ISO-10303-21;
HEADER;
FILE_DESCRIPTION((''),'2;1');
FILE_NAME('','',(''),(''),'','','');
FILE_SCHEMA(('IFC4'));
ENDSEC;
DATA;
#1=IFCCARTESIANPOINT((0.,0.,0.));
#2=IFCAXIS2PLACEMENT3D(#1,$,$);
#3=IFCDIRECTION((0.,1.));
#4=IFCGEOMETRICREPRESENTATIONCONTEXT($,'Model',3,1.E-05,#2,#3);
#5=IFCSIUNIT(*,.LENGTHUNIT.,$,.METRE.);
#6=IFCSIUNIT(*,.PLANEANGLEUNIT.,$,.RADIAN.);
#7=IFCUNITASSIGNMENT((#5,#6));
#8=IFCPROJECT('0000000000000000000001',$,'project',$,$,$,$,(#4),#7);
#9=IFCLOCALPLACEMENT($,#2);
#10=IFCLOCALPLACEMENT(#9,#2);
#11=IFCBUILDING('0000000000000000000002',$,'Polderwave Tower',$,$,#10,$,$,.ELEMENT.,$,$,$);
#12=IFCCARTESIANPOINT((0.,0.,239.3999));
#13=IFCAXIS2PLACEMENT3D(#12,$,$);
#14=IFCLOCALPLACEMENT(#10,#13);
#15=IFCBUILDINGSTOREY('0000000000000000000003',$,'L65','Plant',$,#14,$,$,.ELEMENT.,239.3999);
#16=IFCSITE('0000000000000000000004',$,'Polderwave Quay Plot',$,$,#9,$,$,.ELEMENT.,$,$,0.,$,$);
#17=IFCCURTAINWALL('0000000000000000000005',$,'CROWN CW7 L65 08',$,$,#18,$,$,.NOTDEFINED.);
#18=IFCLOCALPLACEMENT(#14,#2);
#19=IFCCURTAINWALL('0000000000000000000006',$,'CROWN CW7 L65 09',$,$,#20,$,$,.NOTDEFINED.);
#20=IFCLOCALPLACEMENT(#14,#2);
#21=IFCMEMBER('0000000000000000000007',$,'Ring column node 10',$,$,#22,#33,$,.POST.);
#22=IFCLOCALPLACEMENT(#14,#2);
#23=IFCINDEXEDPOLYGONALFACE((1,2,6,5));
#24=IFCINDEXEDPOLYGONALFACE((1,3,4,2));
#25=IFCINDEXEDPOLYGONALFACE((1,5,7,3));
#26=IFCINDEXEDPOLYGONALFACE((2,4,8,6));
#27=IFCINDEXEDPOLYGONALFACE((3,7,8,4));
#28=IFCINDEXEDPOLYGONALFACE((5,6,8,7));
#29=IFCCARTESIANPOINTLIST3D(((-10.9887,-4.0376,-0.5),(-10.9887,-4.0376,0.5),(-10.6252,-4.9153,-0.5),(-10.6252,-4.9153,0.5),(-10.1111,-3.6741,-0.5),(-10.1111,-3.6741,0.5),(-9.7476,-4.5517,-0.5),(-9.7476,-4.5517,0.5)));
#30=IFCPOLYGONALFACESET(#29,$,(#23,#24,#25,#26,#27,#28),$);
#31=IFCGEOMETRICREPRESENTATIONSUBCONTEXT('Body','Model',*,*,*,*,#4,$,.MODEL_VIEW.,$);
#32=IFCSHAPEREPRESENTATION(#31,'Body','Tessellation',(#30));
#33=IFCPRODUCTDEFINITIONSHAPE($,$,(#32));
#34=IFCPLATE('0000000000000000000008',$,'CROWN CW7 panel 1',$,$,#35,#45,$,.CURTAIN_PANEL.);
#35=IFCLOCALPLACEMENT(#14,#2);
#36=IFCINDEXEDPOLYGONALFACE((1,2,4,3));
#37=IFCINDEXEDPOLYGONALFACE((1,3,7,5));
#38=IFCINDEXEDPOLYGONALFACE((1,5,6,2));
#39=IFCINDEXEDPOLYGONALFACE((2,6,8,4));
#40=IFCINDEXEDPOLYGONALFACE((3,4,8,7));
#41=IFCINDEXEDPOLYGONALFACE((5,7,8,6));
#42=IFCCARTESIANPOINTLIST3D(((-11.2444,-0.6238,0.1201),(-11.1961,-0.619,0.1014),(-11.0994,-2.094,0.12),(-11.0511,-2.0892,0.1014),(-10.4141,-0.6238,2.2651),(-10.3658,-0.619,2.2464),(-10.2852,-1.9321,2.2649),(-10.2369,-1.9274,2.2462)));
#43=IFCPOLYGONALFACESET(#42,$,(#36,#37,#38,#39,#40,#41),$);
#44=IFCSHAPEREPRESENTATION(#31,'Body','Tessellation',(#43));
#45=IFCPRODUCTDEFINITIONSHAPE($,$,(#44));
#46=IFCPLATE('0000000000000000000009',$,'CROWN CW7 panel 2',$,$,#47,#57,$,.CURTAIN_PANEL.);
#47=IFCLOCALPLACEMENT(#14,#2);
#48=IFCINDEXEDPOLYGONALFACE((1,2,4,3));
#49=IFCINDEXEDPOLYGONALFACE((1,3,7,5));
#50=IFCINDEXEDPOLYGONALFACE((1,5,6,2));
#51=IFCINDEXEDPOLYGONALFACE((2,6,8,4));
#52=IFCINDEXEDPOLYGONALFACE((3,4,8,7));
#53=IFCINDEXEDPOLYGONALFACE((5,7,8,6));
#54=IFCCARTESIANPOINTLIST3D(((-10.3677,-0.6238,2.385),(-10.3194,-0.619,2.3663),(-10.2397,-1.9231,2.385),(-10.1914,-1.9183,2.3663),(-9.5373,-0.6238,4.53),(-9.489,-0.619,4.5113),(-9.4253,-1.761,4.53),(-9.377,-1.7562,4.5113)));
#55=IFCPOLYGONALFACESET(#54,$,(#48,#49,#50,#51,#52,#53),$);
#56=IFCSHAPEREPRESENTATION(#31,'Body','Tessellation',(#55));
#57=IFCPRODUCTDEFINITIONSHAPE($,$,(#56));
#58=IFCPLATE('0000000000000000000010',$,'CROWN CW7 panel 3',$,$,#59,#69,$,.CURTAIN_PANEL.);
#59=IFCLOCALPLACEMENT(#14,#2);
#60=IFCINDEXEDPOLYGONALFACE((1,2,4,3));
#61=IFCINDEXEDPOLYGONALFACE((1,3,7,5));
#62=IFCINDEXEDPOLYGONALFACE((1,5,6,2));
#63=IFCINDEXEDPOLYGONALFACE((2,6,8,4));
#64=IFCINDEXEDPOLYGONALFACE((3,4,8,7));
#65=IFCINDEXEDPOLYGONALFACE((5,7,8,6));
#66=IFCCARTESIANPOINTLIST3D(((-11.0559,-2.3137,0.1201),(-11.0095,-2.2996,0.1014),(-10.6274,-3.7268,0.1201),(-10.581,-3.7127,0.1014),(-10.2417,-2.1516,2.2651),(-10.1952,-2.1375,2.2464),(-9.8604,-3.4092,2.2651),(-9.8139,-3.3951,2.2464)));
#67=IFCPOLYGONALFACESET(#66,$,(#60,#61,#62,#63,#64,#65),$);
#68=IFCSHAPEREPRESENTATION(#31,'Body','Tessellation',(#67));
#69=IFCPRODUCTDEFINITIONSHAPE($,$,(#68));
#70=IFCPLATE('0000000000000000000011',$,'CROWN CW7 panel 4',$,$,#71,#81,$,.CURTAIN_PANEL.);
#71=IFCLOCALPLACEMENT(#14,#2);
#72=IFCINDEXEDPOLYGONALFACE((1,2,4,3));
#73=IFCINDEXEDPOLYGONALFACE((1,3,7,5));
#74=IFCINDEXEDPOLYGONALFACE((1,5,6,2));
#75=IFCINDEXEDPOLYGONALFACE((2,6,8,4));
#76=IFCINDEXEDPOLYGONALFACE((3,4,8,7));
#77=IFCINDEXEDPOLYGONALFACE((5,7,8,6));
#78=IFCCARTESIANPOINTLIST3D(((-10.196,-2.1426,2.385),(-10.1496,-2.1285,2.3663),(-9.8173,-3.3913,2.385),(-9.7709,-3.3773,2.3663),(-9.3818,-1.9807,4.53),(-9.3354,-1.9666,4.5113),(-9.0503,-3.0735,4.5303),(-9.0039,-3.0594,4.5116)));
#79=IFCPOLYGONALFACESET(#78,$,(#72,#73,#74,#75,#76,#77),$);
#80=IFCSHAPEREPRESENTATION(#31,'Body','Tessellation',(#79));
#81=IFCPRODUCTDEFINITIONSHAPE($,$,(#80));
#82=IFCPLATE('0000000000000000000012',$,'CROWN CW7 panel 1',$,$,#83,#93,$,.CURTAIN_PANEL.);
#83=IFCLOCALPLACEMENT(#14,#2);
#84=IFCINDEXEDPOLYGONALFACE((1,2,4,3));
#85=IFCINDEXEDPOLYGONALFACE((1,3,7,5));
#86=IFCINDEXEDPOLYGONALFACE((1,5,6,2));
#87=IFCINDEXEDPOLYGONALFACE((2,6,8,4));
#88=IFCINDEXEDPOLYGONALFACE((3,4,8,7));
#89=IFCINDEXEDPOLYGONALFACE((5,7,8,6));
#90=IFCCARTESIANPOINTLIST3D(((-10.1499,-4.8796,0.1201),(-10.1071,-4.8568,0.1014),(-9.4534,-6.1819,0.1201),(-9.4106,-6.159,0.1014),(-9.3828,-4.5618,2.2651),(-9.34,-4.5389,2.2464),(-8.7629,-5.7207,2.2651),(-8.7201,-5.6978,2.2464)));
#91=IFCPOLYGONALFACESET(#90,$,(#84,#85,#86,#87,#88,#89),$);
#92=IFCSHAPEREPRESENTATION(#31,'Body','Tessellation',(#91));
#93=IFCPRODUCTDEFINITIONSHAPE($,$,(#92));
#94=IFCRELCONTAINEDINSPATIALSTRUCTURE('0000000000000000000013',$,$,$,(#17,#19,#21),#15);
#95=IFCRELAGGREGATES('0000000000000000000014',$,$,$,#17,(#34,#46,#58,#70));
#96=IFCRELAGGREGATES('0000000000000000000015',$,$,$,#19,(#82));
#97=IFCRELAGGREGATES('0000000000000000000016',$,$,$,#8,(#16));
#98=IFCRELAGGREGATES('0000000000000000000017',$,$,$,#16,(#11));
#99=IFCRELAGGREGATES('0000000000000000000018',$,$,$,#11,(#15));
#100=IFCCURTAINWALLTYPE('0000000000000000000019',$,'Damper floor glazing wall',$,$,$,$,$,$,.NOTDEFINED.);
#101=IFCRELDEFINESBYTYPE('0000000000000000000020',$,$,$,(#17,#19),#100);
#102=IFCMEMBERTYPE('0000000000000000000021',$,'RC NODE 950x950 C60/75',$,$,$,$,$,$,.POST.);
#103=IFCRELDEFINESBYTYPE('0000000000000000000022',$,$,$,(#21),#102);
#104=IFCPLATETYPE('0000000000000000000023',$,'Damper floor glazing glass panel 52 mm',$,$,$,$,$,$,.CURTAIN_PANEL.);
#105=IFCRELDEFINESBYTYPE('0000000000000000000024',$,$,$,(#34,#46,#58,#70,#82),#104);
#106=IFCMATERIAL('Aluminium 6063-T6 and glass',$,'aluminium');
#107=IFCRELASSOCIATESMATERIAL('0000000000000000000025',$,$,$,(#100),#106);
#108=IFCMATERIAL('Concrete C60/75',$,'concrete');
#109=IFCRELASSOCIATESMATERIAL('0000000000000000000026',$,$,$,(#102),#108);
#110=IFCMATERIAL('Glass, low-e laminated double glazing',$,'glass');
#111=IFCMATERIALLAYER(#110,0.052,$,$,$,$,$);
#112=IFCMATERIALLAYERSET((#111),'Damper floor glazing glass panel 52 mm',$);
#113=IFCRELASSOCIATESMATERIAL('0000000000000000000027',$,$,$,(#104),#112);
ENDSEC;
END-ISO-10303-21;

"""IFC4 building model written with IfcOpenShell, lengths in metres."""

from ifc_helpers import new_model, si_unit, direction, frame, origin, origin_2d, place, context, subcontext, project, spatial, polyline, rectangle, outline, extrude, material, layer, layer_set, material_profile, profile_set, type_object, element, aggregate, save


model = new_model("IFC4")

# Units and contexts
model_context = context("Model", 3, precision=1e-05, world=origin(), true_north=direction((0.0, 1.0)))
body_context = subcontext(model_context, "Body", "Model", "MODEL_VIEW")
ifc_project = project(units=[si_unit("LENGTHUNIT", "METRE"), si_unit("PLANEANGLEUNIT", "RADIAN")], contexts=[model_context])

# Site, building, storey
site_placement = place(None, origin())
site = spatial("IfcSite", under=ifc_project, at=site_placement, Name="Polderwave Quay Plot", CompositionType="ELEMENT", RefElevation=0.0)
building_placement = place(site_placement, origin())
building = spatial("IfcBuilding", under=site, at=building_placement, Name="Polderwave Tower", CompositionType="ELEMENT")
storey_placement = place(building_placement, frame((0.0, 0.0, 239.3999)))
storey = spatial("IfcBuildingStorey", under=building, at=storey_placement, Name="L65", Description="Plant", CompositionType="ELEMENT", Elevation=239.3999)

# Shared definitions
ifc_material_1 = material(Name="Concrete C60/75", Category="concrete")

# Curtain wall
ifc_material_2 = material(Name="Aluminium 6063-T6 and glass", Category="aluminium")
curtain_wall_type = type_object("IfcCurtainWallType", Name="Damper floor glazing wall", PredefinedType="NOTDEFINED", material=ifc_material_2)
curtain_wall_1_placement = place(storey_placement, origin())
curtain_wall_1 = element("IfcCurtainWall", 1, at=curtain_wall_1_placement, inside=storey, type_object=curtain_wall_type, Name="CROWN CW7 L65 08", PredefinedType="NOTDEFINED")

# Curtain wall
curtain_wall_2_placement = place(storey_placement, origin())
curtain_wall_2 = element("IfcCurtainWall", 2, at=curtain_wall_2_placement, inside=storey, type_object=curtain_wall_type, Name="CROWN CW7 L65 09", PredefinedType="NOTDEFINED")

# Member
ifc_material_profile_1 = material_profile(ifc_material_1, rectangle(XDim=0.95, YDim=0.95, at=origin_2d()), Name="RC 950x950")
ifc_profile_set_1 = profile_set([ifc_material_profile_1], Name="Concrete C60/75")
member_type_1 = type_object("IfcMemberType", Name="RC NODE 950x950 C60/75", PredefinedType="POST", material=ifc_profile_set_1)
for number, where, z_axis, x_axis, name in (
    (3, (-10.3682, -4.2947, -0.5), (0.0, 0.0, 1.0), (-0.92388, -0.382683, 0.0), "Ring column node 10"),
):
    element("IfcMember", number, at=place(storey_placement, frame(where, z_axis=z_axis, x_axis=x_axis)), inside=storey, type_object=member_type_1, Name=name, PredefinedType="POST", context=body_context, shape_type="SweptSolid", body=[
        extrude(rectangle(XDim=0.95, YDim=0.95, at=origin_2d()), origin(), (0.0, 0.0, 1.0), 1.0),
    ])

# Plates
ifc_material_3 = material(Name="Glass, low-e laminated double glazing", Category="glass")
ifc_layer = layer(ifc_material_3, 0.052)
ifc_layer_set = layer_set([ifc_layer], Name="Damper floor glazing glass panel 52 mm")
plate_type = type_object("IfcPlateType", Name="Damper floor glazing glass panel 52 mm", PredefinedType="CURTAIN_PANEL", material=ifc_layer_set)
plate_1_placement = place(storey_placement, frame((-11.2444, -0.6238, 0.1201), z_axis=(-0.928654, -0.091583, 0.359464), x_axis=(0.098125, -0.995174, -0.000049)))
plate_1 = element("IfcPlate", 4, at=plate_1_placement, type_object=plate_type, Name="CROWN CW7 panel 1", PredefinedType="CURTAIN_PANEL", context=body_context, shape_type="SweptSolid", body=[
    extrude(outline(polyline([(0.0, 0.0), (1.4773, 0.0), (1.3961, 2.2985), (0.0813, 2.2986), (0.0, 0.0)])), origin(), (0.0, 0.0, -1.0), 0.052),
])
plate_2_placement = place(storey_placement, frame((-10.3677, -0.6238, 2.385), z_axis=(-0.928653, -0.091469, 0.359496), x_axis=(0.098018, -0.995185, -0.000013)))
plate_2 = element("IfcPlate", 5, at=plate_2_placement, type_object=plate_type, Name="CROWN CW7 panel 2", PredefinedType="CURTAIN_PANEL", context=body_context, shape_type="SweptSolid", body=[
    extrude(outline(polyline([(0.0, 0.0), (1.3056, 0.0), (1.2241, 2.2987), (0.0814, 2.2987), (0.0, 0.0)])), origin(), (0.0, 0.0, -1.0), 0.052),
])
plate_3_placement = place(storey_placement, frame((-11.0559, -2.3137, 0.1201), z_axis=(-0.893015, -0.270786, 0.359444), x_axis=(0.290178, -0.956973, -0.000004)))
plate_3 = element("IfcPlate", 6, at=plate_3_placement, type_object=plate_type, Name="CROWN CW7 panel 3", PredefinedType="CURTAIN_PANEL", context=body_context, shape_type="SweptSolid", body=[
    extrude(outline(polyline([(0.0, 0.0), (1.4766, 0.0), (1.3952, 2.2987), (0.0811, 2.2986), (0.0, 0.0)])), origin(), (0.0, 0.0, -1.0), 0.052),
])
plate_4_placement = place(storey_placement, frame((-10.196, -2.1426, 2.385), z_axis=(-0.893012, -0.270818, 0.359426), x_axis=(0.290207, -0.956964, -0.000011)))
plate_4 = element("IfcPlate", 7, at=plate_4_placement, type_object=plate_type, Name="CROWN CW7 panel 4", PredefinedType="CURTAIN_PANEL", context=body_context, shape_type="SweptSolid", body=[
    extrude(outline(polyline([(0.0, 0.0), (1.3049, 0.0), (1.2233, 2.2989), (0.0814, 2.2986), (0.0, 0.0)])), origin(), (0.0, 0.0, -1.0), 0.052),
])
aggregate(curtain_wall_1, [plate_1, plate_2, plate_3, plate_4])
plate_5_placement = place(storey_placement, frame((-10.1499, -4.8796, 0.1201), z_axis=(-0.822845, -0.440113, 0.35948), x_axis=(0.471641, -0.88179, 0.000001)))
plate_5 = element("IfcPlate", 8, at=plate_5_placement, type_object=plate_type, Name="CROWN CW7 panel 1", PredefinedType="CURTAIN_PANEL", context=body_context, shape_type="SweptSolid", body=[
    extrude(outline(polyline([(0.0, 0.0), (1.4768, 0.0), (1.3958, 2.2987), (0.0815, 2.2987), (0.0, 0.0)])), origin(), (0.0, 0.0, -1.0), 0.052),
])
aggregate(curtain_wall_2, [plate_5])

save(model, "model.ifc")
